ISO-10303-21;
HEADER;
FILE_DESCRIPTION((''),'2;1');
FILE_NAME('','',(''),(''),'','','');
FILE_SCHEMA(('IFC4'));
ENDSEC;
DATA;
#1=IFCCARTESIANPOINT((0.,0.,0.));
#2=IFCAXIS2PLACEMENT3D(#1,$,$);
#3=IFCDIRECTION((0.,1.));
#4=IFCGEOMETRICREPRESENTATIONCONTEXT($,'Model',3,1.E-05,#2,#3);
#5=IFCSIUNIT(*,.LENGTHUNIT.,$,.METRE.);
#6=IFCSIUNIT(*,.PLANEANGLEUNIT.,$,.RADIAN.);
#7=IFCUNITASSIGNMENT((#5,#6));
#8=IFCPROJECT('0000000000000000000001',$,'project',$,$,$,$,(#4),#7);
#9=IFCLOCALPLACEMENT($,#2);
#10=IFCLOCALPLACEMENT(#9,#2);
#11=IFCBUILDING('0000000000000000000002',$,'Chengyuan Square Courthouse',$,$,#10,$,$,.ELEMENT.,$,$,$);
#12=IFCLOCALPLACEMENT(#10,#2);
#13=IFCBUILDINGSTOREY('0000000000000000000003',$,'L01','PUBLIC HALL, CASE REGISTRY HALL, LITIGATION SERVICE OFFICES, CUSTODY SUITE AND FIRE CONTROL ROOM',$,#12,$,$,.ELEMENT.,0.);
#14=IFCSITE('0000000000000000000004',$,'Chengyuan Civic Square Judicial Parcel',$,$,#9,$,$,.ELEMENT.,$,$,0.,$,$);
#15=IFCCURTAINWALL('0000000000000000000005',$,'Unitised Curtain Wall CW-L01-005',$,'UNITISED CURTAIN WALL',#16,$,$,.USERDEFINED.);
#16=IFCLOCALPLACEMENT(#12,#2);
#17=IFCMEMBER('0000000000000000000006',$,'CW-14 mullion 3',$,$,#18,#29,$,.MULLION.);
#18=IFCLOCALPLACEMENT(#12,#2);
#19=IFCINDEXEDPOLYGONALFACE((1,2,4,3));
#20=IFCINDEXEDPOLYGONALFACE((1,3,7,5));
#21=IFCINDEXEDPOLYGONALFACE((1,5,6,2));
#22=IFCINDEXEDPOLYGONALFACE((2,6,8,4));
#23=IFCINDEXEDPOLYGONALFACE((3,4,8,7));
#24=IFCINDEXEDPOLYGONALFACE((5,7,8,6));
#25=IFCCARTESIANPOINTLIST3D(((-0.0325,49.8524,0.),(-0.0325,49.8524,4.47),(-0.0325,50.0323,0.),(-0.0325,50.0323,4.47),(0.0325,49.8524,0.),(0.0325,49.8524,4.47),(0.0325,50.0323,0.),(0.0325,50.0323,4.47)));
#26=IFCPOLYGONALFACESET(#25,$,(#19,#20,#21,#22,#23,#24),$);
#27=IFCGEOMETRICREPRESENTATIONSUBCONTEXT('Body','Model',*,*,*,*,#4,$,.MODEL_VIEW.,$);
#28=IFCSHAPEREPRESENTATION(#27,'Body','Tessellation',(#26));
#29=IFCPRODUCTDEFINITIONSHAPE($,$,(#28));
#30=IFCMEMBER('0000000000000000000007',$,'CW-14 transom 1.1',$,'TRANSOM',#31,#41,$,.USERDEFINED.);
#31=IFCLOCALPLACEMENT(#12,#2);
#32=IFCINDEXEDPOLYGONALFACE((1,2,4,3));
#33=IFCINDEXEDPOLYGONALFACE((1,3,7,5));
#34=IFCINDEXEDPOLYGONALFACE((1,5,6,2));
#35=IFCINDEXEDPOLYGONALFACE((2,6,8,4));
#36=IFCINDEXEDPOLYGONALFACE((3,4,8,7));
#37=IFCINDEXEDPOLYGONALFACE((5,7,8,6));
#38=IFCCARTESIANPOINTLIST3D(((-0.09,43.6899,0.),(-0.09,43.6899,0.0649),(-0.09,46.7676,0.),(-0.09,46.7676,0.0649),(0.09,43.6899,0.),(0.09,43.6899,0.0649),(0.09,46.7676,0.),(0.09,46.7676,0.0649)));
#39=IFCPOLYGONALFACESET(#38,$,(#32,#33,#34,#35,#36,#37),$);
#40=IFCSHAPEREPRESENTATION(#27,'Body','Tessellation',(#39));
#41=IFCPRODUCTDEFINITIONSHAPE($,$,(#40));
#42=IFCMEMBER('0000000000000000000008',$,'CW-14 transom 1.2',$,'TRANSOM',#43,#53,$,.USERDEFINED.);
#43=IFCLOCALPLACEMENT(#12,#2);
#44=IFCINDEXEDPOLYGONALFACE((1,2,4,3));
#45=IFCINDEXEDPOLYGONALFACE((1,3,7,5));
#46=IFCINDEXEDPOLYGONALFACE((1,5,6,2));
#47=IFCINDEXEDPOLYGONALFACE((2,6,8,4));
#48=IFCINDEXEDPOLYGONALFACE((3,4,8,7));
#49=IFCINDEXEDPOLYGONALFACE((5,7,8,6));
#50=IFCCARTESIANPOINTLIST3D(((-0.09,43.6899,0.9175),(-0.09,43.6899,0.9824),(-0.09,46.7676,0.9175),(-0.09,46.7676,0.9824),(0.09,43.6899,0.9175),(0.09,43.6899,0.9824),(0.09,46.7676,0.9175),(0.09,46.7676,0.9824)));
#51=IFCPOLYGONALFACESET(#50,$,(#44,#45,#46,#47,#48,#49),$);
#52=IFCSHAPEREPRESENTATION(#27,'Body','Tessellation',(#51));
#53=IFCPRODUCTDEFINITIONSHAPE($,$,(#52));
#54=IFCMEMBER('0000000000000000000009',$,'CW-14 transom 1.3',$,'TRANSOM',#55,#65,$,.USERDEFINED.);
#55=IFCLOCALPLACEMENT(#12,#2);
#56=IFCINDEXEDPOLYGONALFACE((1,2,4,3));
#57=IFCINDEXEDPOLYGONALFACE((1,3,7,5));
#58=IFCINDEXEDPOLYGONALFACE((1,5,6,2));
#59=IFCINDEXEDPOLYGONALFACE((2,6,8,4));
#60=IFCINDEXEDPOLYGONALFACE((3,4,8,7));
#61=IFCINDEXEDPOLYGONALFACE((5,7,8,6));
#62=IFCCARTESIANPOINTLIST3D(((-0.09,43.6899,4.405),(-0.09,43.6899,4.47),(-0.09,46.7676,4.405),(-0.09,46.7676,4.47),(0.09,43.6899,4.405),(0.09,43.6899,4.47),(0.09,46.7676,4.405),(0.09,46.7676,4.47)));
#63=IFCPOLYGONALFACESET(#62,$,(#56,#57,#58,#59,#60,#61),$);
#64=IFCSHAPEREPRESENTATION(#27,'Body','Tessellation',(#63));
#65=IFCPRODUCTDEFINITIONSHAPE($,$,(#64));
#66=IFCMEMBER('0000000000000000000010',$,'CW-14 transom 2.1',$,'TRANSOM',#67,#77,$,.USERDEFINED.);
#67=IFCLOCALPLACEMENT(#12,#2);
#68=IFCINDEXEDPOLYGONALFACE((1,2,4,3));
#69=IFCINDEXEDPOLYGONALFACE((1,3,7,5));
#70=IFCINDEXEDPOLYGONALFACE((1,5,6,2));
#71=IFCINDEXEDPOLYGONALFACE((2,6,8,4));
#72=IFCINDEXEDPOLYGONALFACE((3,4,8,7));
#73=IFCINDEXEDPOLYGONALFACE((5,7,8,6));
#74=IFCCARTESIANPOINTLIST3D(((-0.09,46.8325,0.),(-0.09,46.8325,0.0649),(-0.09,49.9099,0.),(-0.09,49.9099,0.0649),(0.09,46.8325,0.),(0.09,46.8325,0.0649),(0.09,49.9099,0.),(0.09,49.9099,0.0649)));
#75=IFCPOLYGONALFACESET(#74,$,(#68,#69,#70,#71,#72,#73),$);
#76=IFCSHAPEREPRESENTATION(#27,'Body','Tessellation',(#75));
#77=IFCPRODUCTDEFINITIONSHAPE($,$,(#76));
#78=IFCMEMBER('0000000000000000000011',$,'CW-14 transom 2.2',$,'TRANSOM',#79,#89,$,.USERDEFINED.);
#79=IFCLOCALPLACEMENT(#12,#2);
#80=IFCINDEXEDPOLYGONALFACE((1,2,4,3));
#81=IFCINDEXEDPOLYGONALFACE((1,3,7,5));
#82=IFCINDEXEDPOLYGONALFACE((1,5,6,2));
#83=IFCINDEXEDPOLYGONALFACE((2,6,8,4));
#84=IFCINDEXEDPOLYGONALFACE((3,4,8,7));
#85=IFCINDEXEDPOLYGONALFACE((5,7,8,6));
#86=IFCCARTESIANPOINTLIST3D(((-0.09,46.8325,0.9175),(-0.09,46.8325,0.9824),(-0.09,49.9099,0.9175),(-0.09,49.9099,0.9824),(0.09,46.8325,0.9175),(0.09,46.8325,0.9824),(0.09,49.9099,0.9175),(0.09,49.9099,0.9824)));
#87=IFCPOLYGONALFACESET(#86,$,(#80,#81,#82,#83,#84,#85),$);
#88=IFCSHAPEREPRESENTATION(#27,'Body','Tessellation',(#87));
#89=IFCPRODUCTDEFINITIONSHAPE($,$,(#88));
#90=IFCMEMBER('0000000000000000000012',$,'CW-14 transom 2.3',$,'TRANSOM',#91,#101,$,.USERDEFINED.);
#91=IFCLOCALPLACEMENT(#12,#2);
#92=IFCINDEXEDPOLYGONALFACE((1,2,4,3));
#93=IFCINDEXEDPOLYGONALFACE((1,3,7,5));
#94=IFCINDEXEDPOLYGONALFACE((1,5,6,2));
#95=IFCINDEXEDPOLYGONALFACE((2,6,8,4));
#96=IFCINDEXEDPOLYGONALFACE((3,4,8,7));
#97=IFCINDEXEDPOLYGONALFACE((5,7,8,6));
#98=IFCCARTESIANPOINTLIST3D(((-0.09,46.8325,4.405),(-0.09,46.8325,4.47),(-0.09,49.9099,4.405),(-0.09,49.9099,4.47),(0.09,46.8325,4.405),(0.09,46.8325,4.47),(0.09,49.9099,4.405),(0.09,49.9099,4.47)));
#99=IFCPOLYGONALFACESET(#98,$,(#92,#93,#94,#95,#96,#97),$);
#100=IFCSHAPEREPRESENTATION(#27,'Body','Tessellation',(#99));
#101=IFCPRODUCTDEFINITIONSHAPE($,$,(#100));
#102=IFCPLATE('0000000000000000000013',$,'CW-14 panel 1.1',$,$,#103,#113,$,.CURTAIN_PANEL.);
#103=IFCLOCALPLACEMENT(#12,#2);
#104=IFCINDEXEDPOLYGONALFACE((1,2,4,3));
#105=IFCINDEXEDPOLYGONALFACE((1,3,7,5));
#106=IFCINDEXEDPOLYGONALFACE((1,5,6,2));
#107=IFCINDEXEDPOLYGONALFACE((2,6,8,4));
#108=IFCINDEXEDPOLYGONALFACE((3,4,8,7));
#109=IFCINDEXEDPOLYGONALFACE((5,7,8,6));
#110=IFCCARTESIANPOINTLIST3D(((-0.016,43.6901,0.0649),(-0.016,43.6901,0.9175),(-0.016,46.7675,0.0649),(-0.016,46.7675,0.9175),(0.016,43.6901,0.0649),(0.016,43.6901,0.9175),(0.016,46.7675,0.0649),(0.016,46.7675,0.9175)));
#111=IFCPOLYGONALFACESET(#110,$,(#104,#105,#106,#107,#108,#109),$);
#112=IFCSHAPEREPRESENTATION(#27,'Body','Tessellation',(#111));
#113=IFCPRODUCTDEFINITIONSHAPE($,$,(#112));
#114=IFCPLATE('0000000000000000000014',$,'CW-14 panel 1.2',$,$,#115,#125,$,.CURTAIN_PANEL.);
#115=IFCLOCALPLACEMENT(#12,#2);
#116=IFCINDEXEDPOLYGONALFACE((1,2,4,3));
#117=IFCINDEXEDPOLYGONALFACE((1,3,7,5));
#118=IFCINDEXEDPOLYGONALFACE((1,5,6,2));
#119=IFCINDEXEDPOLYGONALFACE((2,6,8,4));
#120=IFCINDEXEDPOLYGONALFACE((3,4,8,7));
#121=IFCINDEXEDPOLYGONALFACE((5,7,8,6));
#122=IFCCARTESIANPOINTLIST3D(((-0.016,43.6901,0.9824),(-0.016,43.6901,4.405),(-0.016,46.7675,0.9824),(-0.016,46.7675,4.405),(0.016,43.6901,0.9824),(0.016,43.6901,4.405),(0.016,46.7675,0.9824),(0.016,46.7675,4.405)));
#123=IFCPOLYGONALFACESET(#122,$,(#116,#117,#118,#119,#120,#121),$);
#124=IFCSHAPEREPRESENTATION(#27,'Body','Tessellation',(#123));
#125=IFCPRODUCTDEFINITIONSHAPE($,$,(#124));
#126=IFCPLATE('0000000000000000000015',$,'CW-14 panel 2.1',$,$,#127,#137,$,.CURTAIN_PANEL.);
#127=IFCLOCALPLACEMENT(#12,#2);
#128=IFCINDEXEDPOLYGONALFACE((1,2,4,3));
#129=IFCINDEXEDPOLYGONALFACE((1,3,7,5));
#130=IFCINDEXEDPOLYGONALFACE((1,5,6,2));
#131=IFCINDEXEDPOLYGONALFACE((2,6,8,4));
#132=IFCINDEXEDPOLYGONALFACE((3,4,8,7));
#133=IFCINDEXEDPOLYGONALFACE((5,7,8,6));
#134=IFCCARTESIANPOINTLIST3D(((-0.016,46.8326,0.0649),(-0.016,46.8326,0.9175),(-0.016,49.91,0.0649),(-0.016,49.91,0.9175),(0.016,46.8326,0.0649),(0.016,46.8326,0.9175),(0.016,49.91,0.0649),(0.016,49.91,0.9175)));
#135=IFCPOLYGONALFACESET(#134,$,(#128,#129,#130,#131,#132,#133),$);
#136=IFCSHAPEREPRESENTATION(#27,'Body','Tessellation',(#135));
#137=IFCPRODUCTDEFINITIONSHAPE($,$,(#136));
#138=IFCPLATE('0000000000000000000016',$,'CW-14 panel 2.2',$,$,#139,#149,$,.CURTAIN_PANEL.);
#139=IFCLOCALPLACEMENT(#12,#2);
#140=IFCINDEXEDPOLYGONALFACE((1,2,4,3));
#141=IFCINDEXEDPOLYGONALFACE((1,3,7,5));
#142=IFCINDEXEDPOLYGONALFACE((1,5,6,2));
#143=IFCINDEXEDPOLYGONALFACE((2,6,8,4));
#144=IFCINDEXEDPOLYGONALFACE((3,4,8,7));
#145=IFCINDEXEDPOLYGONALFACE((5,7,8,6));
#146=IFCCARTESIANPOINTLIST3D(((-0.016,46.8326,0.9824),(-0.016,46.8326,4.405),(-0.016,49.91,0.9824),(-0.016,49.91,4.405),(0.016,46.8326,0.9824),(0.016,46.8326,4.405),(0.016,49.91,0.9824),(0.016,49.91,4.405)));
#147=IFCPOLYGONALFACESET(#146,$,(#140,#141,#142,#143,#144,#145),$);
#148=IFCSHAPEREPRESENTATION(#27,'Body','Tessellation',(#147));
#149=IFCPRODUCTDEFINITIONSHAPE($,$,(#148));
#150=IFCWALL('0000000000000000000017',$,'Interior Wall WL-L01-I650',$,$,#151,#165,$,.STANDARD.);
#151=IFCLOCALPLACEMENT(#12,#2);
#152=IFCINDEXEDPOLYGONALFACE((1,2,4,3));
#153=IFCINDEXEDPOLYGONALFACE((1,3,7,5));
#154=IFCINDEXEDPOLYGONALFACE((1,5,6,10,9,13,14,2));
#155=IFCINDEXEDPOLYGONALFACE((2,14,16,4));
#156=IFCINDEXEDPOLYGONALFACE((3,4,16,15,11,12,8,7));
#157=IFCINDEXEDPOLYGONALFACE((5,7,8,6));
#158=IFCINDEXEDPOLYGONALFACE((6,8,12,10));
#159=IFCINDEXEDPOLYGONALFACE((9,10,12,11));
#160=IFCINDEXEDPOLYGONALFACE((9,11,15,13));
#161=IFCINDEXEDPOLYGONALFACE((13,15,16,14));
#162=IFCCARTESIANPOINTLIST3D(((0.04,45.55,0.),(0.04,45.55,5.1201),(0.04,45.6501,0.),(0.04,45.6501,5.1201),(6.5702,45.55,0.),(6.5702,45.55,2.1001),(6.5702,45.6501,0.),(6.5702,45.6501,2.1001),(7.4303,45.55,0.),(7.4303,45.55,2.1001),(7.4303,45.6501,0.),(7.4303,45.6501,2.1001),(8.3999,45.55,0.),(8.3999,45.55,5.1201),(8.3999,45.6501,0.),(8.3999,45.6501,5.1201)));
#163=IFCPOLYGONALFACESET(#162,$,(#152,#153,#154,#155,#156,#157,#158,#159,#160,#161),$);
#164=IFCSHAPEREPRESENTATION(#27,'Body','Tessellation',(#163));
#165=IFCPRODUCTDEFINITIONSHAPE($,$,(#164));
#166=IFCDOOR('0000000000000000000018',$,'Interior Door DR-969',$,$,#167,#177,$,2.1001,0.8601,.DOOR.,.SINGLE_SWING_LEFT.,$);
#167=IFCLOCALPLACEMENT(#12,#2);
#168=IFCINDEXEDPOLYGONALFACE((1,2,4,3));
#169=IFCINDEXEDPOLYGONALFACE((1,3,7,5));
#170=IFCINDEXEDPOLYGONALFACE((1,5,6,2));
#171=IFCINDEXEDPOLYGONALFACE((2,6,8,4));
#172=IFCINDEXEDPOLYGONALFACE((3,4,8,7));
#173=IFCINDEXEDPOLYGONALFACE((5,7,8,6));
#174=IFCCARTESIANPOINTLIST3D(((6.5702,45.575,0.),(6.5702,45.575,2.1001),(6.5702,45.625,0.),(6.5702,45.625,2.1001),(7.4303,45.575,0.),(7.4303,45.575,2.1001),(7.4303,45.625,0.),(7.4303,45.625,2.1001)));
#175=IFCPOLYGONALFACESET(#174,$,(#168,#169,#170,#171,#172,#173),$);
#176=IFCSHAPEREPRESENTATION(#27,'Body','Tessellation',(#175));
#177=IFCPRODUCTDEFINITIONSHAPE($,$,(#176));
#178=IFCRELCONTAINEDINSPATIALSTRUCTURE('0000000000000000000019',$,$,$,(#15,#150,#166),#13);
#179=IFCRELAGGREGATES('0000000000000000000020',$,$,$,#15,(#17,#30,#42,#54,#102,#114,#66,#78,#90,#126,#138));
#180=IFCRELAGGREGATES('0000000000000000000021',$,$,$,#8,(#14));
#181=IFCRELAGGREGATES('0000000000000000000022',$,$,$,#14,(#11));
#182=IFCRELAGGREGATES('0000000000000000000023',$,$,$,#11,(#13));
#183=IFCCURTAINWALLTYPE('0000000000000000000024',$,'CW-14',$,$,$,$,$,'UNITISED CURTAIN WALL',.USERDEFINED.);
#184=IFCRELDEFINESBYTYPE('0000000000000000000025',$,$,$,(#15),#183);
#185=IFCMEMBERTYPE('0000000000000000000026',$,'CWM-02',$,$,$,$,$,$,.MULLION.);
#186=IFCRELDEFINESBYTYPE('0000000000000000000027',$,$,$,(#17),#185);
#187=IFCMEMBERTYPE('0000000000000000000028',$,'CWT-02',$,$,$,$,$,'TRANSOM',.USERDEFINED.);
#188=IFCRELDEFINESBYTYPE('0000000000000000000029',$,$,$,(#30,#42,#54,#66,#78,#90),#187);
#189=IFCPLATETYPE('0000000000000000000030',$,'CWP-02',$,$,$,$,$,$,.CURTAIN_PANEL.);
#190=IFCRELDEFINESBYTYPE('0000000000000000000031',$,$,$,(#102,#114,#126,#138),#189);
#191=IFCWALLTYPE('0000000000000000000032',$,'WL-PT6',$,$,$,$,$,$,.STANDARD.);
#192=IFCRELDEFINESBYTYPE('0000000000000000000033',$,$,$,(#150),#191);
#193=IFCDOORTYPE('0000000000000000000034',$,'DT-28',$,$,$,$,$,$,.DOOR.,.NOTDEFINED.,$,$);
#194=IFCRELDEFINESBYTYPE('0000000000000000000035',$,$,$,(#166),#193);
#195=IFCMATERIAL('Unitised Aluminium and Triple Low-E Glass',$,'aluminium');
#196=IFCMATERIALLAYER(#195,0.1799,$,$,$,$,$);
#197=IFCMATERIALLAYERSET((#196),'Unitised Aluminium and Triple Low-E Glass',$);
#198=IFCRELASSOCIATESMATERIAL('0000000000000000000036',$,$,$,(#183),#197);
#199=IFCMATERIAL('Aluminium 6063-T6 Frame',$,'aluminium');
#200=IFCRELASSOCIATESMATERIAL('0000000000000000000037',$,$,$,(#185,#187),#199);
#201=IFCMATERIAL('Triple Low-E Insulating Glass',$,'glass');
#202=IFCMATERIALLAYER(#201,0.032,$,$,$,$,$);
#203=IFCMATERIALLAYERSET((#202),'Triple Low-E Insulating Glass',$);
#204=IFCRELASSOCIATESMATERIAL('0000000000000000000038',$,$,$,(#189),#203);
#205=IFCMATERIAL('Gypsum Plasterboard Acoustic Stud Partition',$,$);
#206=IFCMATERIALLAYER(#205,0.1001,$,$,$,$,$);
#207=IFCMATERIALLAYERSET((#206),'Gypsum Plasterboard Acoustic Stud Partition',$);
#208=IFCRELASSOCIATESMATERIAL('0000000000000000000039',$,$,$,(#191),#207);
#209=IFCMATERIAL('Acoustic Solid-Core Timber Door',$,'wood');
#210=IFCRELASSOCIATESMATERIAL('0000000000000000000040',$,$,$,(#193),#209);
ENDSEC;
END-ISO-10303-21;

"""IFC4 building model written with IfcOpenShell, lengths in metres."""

from ifc_helpers import new_model, si_unit, direction, frame, frame_2d, origin, origin_2d, place, context, subcontext, project, spatial, rectangle, extrude, material, layer, layer_set, material_profile, profile_set, type_object, element, fill, aggregate, save


model = new_model("IFC4")

# Units and contexts
model_context = context("Model", 3, precision=1e-05, world=origin(), true_north=direction((0.0, 1.0)))
body_context = subcontext(model_context, "Body", "Model", "MODEL_VIEW")
ifc_project = project(units=[si_unit("LENGTHUNIT", "METRE"), si_unit("PLANEANGLEUNIT", "RADIAN")], contexts=[model_context])

# Site, building, storey
site_placement = place(None, origin())
site = spatial("IfcSite", under=ifc_project, at=site_placement, Name="Chengyuan Civic Square Judicial Parcel", CompositionType="ELEMENT", RefElevation=0.0)
building_placement = place(site_placement, origin())
building = spatial("IfcBuilding", under=site, at=building_placement, Name="Chengyuan Square Courthouse", CompositionType="ELEMENT")
storey_placement = place(building_placement, origin())
storey = spatial("IfcBuildingStorey", under=building, at=storey_placement, Name="L01", Description="PUBLIC HALL, CASE REGISTRY HALL, LITIGATION SERVICE OFFICES, CUSTODY SUITE AND FIRE CONTROL ROOM", CompositionType="ELEMENT", Elevation=0.0)

# Curtain wall, members, plates
ifc_material_1 = material(Name="Unitised Aluminium and Triple Low-E Glass", Category="aluminium")
ifc_layer_1 = layer(ifc_material_1, 0.1799)
ifc_layer_set_1 = layer_set([ifc_layer_1], Name="Unitised Aluminium and Triple Low-E Glass")
curtain_wall_type = type_object("IfcCurtainWallType", Name="CW-14", ElementType="UNITISED CURTAIN WALL", PredefinedType="USERDEFINED", material=ifc_layer_set_1)
curtain_wall_placement = place(storey_placement, origin())
curtain_wall = element("IfcCurtainWall", 1, at=curtain_wall_placement, inside=storey, type_object=curtain_wall_type, Name="Unitised Curtain Wall CW-L01-005", ObjectType="UNITISED CURTAIN WALL", PredefinedType="USERDEFINED")
ifc_material_2 = material(Name="Aluminium 6063-T6 Frame", Category="aluminium")
ifc_material_profile_1 = material_profile(ifc_material_2, rectangle(XDim=0.0649, YDim=0.1799, at=origin_2d()), Name="CW-MUL-65x180")
ifc_profile_set_1 = profile_set([ifc_material_profile_1], Name="Aluminium 6063-T6 Frame")
member_type_1 = type_object("IfcMemberType", Name="CWM-02", PredefinedType="MULLION", material=ifc_profile_set_1)
member_1_placement = place(storey_placement, frame((0.0, 49.9424, 0.0), z_axis=(0.0, 0.0, 1.0), x_axis=(-1.0, 0.0, 0.0)))
member_1 = element("IfcMember", 2, at=member_1_placement, type_object=member_type_1, Name="CW-14 mullion 3", PredefinedType="MULLION", context=body_context, shape_type="SweptSolid", body=[
    extrude(rectangle(XDim=0.0649, YDim=0.1799, at=origin_2d()), origin(), (0.0, 0.0, 1.0), 4.47),
])
ifc_material_profile_2 = material_profile(ifc_material_2, rectangle(XDim=0.1799, YDim=0.0649, at=origin_2d()), Name="CW-TRN-65x140")
ifc_profile_set_2 = profile_set([ifc_material_profile_2], Name="Aluminium 6063-T6 Frame")
member_type_2 = type_object("IfcMemberType", Name="CWT-02", ElementType="TRANSOM", PredefinedType="USERDEFINED", material=ifc_profile_set_2)
member_2_placement = place(storey_placement, frame((0.0, 43.6899, 0.0325), z_axis=(0.0, 1.0, 0.0), x_axis=(-1.0, 0.0, 0.0)))
member_2 = element("IfcMember", 3, at=member_2_placement, type_object=member_type_2, Name="CW-14 transom 1.1", ObjectType="TRANSOM", PredefinedType="USERDEFINED", context=body_context, shape_type="SweptSolid", body=[
    extrude(rectangle(XDim=0.1799, YDim=0.0649, at=origin_2d()), origin(), (0.0, 0.0, 1.0), 3.0776),
])
member_3_placement = place(storey_placement, frame((0.0, 43.6899, 0.95), z_axis=(0.0, 1.0, 0.0), x_axis=(-1.0, 0.0, 0.0)))
member_3 = element("IfcMember", 4, at=member_3_placement, type_object=member_type_2, Name="CW-14 transom 1.2", ObjectType="TRANSOM", PredefinedType="USERDEFINED", context=body_context, shape_type="SweptSolid", body=[
    extrude(rectangle(XDim=0.1799, YDim=0.0649, at=origin_2d()), origin(), (0.0, 0.0, 1.0), 3.0776),
])
member_4_placement = place(storey_placement, frame((0.0, 43.6899, 4.4375), z_axis=(0.0, 1.0, 0.0), x_axis=(-1.0, 0.0, 0.0)))
member_4 = element("IfcMember", 5, at=member_4_placement, type_object=member_type_2, Name="CW-14 transom 1.3", ObjectType="TRANSOM", PredefinedType="USERDEFINED", context=body_context, shape_type="SweptSolid", body=[
    extrude(rectangle(XDim=0.1799, YDim=0.0649, at=origin_2d()), origin(), (0.0, 0.0, 1.0), 3.0776),
])
member_5_placement = place(storey_placement, frame((0.0, 46.8325, 0.0325), z_axis=(0.0, 1.0, 0.0), x_axis=(-1.0, 0.0, 0.0)))
member_5 = element("IfcMember", 6, at=member_5_placement, type_object=member_type_2, Name="CW-14 transom 2.1", ObjectType="TRANSOM", PredefinedType="USERDEFINED", context=body_context, shape_type="SweptSolid", body=[
    extrude(rectangle(XDim=0.1799, YDim=0.0649, at=origin_2d()), origin(), (0.0, 0.0, 1.0), 3.0774),
])
member_6_placement = place(storey_placement, frame((0.0, 46.8325, 0.95), z_axis=(0.0, 1.0, 0.0), x_axis=(-1.0, 0.0, 0.0)))
member_6 = element("IfcMember", 7, at=member_6_placement, type_object=member_type_2, Name="CW-14 transom 2.2", ObjectType="TRANSOM", PredefinedType="USERDEFINED", context=body_context, shape_type="SweptSolid", body=[
    extrude(rectangle(XDim=0.1799, YDim=0.0649, at=origin_2d()), origin(), (0.0, 0.0, 1.0), 3.0774),
])
member_7_placement = place(storey_placement, frame((0.0, 46.8325, 4.4375), z_axis=(0.0, 1.0, 0.0), x_axis=(-1.0, 0.0, 0.0)))
member_7 = element("IfcMember", 8, at=member_7_placement, type_object=member_type_2, Name="CW-14 transom 2.3", ObjectType="TRANSOM", PredefinedType="USERDEFINED", context=body_context, shape_type="SweptSolid", body=[
    extrude(rectangle(XDim=0.1799, YDim=0.0649, at=origin_2d()), origin(), (0.0, 0.0, 1.0), 3.0774),
])
ifc_material_3 = material(Name="Triple Low-E Insulating Glass", Category="glass")
ifc_layer_2 = layer(ifc_material_3, 0.032)
ifc_layer_set_2 = layer_set([ifc_layer_2], Name="Triple Low-E Insulating Glass")
plate_type = type_object("IfcPlateType", Name="CWP-02", PredefinedType="CURTAIN_PANEL", material=ifc_layer_set_2)
plate_1_placement = place(storey_placement, frame((0.0, 45.2288, 0.0649), z_axis=(0.0, 0.0, 1.0), x_axis=(0.0, 1.0, 0.0)))
plate_1 = element("IfcPlate", 9, at=plate_1_placement, type_object=plate_type, Name="CW-14 panel 1.1", PredefinedType="CURTAIN_PANEL", context=body_context, shape_type="SweptSolid", body=[
    extrude(rectangle(XDim=3.0774, YDim=0.032, at=origin_2d()), origin(), (0.0, 0.0, 1.0), 0.8525),
])
plate_2_placement = place(storey_placement, frame((0.0, 45.2288, 0.9824), z_axis=(0.0, 0.0, 1.0), x_axis=(0.0, 1.0, 0.0)))
plate_2 = element("IfcPlate", 10, at=plate_2_placement, type_object=plate_type, Name="CW-14 panel 1.2", PredefinedType="CURTAIN_PANEL", context=body_context, shape_type="SweptSolid", body=[
    extrude(rectangle(XDim=3.0774, YDim=0.032, at=origin_2d()), origin(), (0.0, 0.0, 1.0), 3.4226),
])
plate_3_placement = place(storey_placement, frame((0.0, 48.3713, 0.0649), z_axis=(0.0, 0.0, 1.0), x_axis=(0.0, 1.0, 0.0)))
plate_3 = element("IfcPlate", 11, at=plate_3_placement, type_object=plate_type, Name="CW-14 panel 2.1", PredefinedType="CURTAIN_PANEL", context=body_context, shape_type="SweptSolid", body=[
    extrude(rectangle(XDim=3.0774, YDim=0.032, at=origin_2d()), origin(), (0.0, 0.0, 1.0), 0.8525),
])
plate_4_placement = place(storey_placement, frame((0.0, 48.3713, 0.9824), z_axis=(0.0, 0.0, 1.0), x_axis=(0.0, 1.0, 0.0)))
plate_4 = element("IfcPlate", 12, at=plate_4_placement, type_object=plate_type, Name="CW-14 panel 2.2", PredefinedType="CURTAIN_PANEL", context=body_context, shape_type="SweptSolid", body=[
    extrude(rectangle(XDim=3.0774, YDim=0.032, at=origin_2d()), origin(), (0.0, 0.0, 1.0), 3.4226),
])
aggregate(curtain_wall, [member_1, member_2, member_3, member_4, plate_1, plate_2, member_5, member_6, member_7, plate_3, plate_4])

# Wall, opening, door
ifc_material_4 = material(Name="Gypsum Plasterboard Acoustic Stud Partition")
ifc_layer_3 = layer(ifc_material_4, 0.1001)
ifc_layer_set_3 = layer_set([ifc_layer_3], Name="Gypsum Plasterboard Acoustic Stud Partition")
wall_type_1 = type_object("IfcWallType", Name="WL-PT6", PredefinedType="STANDARD", material=ifc_layer_set_3)
wall_1_placement = place(storey_placement, frame((0.04, 45.6001, 0.0), z_axis=(0.0, 0.0, 1.0), x_axis=(1.0, 0.0, 0.0)))
wall_1 = element("IfcWall", 13, at=wall_1_placement, inside=storey, type_object=wall_type_1, Name="Interior Wall WL-L01-I650", PredefinedType="STANDARD", context=body_context, shape_type="SweptSolid", body=[
    extrude(rectangle(XDim=8.3599, YDim=0.1001, at=frame_2d((4.1799, 0.0))), origin(), (0.0, 0.0, 1.0), 5.1201),
])
opening_1_placement = place(wall_1_placement, frame((6.53, 0.0, 0.0)))
opening_1 = element("IfcOpeningElement", 14, at=opening_1_placement, cuts=wall_1, PredefinedType="OPENING", context=body_context, shape_type="SweptSolid", body=[
    extrude(rectangle(XDim=0.8601, YDim=2.1001, at=frame_2d((0.4302, 1.05))), frame((0.0, 0.062, 0.0), z_axis=(0.0, -1.0, 0.0), x_axis=(1.0, 0.0, 0.0)), (0.0, 0.0, 1.0), 0.124),
])
ifc_material_5 = material(Name="Acoustic Solid-Core Timber Door", Category="wood")
door_type_1 = type_object("IfcDoorType", Name="DT-28", OperationType="NOTDEFINED", PredefinedType="DOOR", material=ifc_material_5)
door_1_placement = place(opening_1_placement, origin())
door_1 = element("IfcDoor", 15, at=door_1_placement, inside=storey, type_object=door_type_1, Name="Interior Door DR-969", OperationType="SINGLE_SWING_LEFT", OverallHeight=2.1001, OverallWidth=0.8601, PredefinedType="DOOR", context=body_context, shape_type="SweptSolid", body=[
    extrude(rectangle(XDim=0.8601, YDim=2.1001, at=frame_2d((0.4302, 1.05))), frame((0.0, 0.0249, 0.0), z_axis=(0.0, -1.0, 0.0), x_axis=(1.0, 0.0, 0.0)), (0.0, 0.0, 1.0), 0.05),
])
fill(opening_1, door_1)

save(model, "model.ifc")
